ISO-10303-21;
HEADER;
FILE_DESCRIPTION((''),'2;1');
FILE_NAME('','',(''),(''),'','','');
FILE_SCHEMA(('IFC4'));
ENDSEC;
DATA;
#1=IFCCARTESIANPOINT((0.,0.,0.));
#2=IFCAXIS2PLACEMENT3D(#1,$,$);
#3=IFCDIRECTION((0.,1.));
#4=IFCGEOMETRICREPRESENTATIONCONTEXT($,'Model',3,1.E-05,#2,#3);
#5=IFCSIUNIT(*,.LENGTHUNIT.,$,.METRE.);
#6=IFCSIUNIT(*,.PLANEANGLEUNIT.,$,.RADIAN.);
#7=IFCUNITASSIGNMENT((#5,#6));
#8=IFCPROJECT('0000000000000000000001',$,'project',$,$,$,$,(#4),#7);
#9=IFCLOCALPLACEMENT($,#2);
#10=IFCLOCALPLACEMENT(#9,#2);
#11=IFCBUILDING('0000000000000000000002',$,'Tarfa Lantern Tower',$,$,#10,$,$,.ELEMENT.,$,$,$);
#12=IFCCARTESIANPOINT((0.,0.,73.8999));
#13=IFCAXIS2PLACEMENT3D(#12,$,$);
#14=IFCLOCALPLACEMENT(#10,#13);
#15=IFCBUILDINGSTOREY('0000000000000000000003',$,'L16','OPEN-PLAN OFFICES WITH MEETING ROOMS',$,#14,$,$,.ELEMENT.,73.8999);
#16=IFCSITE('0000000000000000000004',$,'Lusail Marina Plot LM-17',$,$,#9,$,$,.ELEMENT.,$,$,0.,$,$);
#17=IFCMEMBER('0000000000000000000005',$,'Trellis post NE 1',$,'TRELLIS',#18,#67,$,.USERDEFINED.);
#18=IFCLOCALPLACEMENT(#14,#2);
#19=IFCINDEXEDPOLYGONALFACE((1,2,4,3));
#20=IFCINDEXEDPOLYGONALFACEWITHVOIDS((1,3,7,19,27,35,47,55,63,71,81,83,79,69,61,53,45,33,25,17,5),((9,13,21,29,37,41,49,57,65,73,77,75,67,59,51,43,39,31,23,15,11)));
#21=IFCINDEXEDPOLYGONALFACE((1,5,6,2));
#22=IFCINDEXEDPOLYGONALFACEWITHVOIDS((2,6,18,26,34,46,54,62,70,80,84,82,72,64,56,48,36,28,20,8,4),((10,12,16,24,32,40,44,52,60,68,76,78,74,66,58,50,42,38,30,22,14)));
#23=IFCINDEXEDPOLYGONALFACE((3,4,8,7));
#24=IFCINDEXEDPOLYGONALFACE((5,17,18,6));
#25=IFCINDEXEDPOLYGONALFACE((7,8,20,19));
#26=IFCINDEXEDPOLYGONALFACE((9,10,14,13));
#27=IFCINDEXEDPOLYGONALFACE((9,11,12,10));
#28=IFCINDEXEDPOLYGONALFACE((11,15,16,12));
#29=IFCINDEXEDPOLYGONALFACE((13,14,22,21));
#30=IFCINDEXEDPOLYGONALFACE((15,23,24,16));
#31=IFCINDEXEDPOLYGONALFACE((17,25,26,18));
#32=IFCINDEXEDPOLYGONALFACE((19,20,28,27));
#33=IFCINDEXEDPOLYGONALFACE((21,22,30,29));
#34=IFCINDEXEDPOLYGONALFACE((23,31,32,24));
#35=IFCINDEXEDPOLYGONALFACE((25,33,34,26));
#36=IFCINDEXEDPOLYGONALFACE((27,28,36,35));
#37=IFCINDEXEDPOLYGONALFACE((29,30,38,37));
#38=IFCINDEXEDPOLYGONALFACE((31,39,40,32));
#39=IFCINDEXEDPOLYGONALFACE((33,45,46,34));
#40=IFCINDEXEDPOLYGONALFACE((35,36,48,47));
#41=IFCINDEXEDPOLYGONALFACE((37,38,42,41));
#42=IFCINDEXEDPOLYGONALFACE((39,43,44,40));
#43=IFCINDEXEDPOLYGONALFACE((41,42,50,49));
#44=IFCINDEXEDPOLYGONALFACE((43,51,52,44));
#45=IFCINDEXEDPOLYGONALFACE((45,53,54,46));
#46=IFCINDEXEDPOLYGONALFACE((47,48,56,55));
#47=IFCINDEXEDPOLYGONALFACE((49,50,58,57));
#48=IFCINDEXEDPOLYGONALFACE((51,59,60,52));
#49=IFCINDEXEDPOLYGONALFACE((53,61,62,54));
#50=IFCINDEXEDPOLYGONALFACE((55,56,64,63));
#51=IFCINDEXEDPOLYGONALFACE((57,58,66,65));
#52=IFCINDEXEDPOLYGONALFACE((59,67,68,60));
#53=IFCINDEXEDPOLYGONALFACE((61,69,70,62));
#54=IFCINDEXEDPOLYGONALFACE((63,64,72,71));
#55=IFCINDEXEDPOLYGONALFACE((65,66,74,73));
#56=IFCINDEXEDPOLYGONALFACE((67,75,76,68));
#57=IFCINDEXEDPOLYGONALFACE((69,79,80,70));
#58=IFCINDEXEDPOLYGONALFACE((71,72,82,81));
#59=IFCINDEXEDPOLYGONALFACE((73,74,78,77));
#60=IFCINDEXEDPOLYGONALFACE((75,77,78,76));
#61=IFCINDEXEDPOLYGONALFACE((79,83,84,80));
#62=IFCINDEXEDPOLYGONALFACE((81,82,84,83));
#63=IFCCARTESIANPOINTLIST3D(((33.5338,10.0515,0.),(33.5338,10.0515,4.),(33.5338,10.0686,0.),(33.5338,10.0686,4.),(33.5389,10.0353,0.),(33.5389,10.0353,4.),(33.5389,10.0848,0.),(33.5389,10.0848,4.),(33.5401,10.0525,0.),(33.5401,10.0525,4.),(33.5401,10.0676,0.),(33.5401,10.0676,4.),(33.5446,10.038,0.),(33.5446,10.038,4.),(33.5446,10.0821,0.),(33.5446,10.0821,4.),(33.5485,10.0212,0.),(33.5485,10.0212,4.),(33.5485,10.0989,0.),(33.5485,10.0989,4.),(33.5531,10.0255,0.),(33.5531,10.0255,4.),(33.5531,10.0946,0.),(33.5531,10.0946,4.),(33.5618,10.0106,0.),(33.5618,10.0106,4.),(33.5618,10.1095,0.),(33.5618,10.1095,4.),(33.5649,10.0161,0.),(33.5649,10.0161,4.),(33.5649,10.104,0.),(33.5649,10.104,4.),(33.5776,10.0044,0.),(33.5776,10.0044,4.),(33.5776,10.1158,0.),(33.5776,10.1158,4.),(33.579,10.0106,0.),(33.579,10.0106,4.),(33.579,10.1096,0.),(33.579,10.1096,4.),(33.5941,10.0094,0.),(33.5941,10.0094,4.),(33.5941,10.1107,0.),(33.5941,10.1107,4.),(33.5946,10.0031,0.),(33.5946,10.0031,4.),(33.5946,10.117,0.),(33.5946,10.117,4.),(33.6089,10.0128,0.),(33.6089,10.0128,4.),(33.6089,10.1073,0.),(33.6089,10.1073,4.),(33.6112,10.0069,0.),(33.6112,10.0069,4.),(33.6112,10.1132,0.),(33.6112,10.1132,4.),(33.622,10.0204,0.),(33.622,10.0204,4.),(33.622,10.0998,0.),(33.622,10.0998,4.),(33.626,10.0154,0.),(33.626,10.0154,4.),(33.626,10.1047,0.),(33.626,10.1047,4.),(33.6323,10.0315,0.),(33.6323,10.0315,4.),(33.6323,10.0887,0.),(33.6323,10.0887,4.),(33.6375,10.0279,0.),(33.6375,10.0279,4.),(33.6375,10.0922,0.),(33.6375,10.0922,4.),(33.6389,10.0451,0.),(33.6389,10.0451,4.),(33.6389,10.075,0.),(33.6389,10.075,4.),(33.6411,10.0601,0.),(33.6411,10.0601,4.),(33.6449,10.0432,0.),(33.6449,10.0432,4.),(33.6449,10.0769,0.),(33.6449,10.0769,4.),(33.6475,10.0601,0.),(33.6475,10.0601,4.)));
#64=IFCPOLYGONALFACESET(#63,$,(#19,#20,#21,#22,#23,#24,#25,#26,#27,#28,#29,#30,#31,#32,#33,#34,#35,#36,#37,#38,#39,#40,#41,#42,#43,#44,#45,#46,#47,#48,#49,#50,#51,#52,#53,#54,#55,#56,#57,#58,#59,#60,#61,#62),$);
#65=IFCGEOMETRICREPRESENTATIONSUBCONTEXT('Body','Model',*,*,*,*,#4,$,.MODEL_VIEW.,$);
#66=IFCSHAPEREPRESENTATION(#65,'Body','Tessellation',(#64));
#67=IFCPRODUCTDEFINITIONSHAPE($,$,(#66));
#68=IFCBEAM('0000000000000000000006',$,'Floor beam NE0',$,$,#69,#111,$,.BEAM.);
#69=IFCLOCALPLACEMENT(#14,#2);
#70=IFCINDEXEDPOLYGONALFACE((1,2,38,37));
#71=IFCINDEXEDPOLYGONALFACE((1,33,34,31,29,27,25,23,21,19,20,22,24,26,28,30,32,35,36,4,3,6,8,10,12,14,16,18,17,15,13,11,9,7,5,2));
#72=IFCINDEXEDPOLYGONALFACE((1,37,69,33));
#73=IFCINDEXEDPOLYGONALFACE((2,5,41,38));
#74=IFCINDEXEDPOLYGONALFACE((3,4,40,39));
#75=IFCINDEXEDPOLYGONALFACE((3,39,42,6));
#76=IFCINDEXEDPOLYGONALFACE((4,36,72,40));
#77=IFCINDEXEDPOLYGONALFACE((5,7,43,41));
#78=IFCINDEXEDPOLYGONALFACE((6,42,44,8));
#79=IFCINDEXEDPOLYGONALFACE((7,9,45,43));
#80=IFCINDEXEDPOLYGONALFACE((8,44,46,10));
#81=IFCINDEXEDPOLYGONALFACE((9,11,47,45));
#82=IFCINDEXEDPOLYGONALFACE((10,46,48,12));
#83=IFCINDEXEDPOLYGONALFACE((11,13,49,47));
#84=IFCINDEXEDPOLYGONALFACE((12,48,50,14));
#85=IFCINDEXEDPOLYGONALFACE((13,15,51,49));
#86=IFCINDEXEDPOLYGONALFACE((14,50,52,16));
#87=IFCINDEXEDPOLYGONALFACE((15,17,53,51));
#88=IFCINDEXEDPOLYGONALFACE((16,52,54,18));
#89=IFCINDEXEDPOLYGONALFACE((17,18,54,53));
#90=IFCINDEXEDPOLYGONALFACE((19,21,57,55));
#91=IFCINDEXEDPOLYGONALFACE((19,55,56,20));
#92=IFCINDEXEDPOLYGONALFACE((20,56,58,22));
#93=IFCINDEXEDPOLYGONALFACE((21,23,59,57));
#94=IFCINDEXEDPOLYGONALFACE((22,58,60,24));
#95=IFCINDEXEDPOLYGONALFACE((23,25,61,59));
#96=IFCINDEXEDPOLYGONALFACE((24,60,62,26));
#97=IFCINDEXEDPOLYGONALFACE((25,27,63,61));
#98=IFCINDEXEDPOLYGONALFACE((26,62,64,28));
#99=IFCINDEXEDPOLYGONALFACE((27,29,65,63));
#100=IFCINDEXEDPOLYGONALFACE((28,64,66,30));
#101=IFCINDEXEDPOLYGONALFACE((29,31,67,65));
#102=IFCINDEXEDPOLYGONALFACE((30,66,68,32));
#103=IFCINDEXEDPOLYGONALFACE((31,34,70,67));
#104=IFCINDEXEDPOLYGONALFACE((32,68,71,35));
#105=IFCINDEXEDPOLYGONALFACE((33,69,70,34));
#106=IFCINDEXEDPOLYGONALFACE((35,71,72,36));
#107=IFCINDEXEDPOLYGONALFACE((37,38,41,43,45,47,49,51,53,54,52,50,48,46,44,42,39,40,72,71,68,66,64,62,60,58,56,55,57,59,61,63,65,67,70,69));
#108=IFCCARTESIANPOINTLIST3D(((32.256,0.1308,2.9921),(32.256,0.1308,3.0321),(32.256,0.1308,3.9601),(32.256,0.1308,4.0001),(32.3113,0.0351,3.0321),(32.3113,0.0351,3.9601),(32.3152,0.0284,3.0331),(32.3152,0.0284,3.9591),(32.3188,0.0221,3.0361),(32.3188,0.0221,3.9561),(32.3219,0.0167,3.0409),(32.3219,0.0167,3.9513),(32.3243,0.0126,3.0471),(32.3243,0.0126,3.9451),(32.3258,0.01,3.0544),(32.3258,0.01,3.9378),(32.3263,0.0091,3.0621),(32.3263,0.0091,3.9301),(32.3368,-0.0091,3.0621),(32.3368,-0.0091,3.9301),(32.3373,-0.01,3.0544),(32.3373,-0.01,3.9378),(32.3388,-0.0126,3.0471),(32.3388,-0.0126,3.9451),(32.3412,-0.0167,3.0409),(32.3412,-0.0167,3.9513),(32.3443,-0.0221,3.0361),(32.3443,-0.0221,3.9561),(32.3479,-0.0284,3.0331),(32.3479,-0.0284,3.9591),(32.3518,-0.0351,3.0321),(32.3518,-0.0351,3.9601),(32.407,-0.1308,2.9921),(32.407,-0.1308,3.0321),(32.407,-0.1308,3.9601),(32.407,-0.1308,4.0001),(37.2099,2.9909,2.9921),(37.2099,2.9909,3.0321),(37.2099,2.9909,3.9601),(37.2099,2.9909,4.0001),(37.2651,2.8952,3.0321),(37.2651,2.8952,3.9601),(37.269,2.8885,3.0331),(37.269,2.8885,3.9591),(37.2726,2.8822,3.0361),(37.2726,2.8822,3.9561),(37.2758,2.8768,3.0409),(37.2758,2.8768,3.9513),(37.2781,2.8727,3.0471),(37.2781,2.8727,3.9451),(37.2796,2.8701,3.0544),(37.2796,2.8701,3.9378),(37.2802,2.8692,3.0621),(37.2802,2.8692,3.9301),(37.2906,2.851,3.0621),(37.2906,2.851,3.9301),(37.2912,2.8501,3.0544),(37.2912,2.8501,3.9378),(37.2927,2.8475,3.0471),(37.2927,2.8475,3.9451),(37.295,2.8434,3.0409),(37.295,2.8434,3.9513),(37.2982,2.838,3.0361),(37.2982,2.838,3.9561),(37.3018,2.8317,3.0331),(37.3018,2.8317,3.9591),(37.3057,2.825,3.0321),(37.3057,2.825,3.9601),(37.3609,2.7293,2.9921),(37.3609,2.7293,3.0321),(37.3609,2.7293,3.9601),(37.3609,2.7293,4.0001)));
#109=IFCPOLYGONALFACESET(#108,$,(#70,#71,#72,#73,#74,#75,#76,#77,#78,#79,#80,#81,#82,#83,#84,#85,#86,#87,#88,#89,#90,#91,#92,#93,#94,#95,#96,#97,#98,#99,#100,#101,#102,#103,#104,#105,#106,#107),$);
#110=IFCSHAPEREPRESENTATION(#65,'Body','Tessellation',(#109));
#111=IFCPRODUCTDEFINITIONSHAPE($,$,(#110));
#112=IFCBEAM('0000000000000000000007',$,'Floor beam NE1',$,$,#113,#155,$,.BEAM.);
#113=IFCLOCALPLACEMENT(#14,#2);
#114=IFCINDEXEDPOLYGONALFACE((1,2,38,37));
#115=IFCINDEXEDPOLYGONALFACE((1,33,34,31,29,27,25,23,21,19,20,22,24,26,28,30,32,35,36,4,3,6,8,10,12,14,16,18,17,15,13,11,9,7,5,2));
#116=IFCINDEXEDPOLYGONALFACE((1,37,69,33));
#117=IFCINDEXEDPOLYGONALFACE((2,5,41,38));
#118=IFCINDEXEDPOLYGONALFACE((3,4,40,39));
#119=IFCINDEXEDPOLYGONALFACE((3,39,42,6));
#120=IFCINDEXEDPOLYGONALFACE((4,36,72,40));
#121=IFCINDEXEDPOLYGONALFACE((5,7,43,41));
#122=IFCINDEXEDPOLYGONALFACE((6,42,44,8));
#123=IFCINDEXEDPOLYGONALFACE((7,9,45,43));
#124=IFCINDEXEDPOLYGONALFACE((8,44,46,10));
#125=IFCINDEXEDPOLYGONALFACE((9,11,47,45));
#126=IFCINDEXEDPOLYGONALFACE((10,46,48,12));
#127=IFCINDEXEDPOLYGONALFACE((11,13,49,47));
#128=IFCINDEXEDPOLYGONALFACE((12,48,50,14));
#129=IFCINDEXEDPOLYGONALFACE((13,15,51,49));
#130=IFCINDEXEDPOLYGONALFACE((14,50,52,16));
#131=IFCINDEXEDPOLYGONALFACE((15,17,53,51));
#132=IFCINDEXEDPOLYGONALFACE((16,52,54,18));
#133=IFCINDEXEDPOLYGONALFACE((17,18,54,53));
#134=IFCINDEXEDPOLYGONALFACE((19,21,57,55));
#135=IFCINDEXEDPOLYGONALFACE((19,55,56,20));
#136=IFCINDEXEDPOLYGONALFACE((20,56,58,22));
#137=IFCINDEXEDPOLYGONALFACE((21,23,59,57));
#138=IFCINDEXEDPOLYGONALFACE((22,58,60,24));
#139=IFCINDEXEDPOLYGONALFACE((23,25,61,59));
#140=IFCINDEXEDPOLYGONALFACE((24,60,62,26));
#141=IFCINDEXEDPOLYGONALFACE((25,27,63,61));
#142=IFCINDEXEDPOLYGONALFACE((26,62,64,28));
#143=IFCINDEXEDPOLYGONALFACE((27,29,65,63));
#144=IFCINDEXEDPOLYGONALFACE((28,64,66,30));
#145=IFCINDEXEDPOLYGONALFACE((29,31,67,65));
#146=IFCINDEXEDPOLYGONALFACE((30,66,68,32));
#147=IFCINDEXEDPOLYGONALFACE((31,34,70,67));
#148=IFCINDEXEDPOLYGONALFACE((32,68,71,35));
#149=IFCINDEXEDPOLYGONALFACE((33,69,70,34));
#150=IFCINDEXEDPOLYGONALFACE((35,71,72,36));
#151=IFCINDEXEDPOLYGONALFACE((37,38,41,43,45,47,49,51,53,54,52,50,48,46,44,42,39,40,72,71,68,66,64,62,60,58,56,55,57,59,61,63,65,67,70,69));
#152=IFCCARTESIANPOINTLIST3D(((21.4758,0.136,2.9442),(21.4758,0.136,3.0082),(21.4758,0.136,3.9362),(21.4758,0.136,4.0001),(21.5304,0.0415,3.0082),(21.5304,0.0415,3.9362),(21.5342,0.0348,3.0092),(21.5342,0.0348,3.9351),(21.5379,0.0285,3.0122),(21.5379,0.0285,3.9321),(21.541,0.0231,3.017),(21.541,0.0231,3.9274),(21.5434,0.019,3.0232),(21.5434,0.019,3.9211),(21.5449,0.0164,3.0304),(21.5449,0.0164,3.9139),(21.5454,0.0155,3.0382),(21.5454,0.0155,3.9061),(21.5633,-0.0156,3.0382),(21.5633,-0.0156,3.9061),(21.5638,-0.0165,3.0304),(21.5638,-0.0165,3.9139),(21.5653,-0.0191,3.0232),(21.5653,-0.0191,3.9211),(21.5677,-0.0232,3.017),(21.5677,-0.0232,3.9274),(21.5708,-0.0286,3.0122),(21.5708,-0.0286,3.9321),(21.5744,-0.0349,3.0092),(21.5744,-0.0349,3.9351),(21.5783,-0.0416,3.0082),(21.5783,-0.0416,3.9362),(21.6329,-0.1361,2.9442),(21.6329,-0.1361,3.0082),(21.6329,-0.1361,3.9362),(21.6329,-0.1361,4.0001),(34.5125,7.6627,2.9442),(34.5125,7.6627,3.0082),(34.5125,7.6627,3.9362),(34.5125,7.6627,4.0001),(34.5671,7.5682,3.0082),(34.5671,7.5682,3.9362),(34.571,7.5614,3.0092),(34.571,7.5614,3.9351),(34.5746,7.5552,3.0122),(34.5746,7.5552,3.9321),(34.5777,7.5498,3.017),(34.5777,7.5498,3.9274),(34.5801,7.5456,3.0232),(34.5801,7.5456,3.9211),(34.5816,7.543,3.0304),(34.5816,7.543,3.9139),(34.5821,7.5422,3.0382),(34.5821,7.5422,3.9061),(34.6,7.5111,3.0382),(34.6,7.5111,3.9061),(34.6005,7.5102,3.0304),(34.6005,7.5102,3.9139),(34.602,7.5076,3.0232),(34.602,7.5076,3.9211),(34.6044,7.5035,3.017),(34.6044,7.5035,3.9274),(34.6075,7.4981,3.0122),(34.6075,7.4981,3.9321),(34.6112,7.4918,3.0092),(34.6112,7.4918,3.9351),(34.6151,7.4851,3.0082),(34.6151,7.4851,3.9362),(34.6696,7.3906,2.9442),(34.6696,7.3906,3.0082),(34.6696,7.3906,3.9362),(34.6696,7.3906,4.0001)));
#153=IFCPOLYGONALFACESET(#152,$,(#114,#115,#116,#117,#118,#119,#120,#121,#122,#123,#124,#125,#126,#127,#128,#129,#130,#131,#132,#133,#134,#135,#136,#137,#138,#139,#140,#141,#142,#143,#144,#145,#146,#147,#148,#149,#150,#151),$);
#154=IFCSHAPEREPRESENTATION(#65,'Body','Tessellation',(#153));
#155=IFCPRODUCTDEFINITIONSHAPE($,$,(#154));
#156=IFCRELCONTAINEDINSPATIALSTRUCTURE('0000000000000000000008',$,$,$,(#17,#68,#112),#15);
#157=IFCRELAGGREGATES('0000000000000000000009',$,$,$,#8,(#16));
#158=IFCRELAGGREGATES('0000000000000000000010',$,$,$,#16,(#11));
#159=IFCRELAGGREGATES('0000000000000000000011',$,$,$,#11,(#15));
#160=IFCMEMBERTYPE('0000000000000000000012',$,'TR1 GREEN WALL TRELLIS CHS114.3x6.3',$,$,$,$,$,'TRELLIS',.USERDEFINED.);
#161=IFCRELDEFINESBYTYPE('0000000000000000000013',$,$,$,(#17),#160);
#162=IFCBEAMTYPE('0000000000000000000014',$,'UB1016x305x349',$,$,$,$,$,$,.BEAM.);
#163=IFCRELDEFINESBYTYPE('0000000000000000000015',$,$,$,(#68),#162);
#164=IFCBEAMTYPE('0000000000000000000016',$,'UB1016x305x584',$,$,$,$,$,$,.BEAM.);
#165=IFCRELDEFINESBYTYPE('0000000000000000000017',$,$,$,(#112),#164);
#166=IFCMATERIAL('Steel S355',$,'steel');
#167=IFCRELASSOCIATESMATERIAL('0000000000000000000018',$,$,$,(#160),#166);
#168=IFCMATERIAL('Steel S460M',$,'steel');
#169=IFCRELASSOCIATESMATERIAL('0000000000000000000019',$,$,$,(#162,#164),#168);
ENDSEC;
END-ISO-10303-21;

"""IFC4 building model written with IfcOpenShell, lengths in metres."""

from ifc_helpers import new_model, si_unit, direction, frame, origin, origin_2d, place, context, subcontext, project, spatial, hollow_circle, i_section, extrude, material, material_profile, profile_set, type_object, element, save


model = new_model("IFC4")

# Units and contexts
model_context = context("Model", 3, precision=1e-05, world=origin(), true_north=direction((0.0, 1.0)))
body_context = subcontext(model_context, "Body", "Model", "MODEL_VIEW")
ifc_project = project(units=[si_unit("LENGTHUNIT", "METRE"), si_unit("PLANEANGLEUNIT", "RADIAN")], contexts=[model_context])

# Site, building, storey
site_placement = place(None, origin())
site = spatial("IfcSite", under=ifc_project, at=site_placement, Name="Lusail Marina Plot LM-17", CompositionType="ELEMENT", RefElevation=0.0)
building_placement = place(site_placement, origin())
building = spatial("IfcBuilding", under=site, at=building_placement, Name="Tarfa Lantern Tower", CompositionType="ELEMENT")
storey_placement = place(building_placement, frame((0.0, 0.0, 73.8999)))
storey = spatial("IfcBuildingStorey", under=building, at=storey_placement, Name="L16", Description="OPEN-PLAN OFFICES WITH MEETING ROOMS", CompositionType="ELEMENT", Elevation=73.8999)

# Member
ifc_material_1 = material(Name="Steel S355", Category="steel")
ifc_material_profile_1 = material_profile(ifc_material_1, hollow_circle(Radius=0.0571, WallThickness=0.0063, at=origin_2d()), Name="CHS114.3x6.3")
ifc_profile_set_1 = profile_set([ifc_material_profile_1], Name="Steel S355")
member_type_1 = type_object("IfcMemberType", Name="TR1 GREEN WALL TRELLIS CHS114.3x6.3", ElementType="TRELLIS", PredefinedType="USERDEFINED", material=ifc_profile_set_1)
member_1_placement = place(storey_placement, frame((33.5903, 10.0601, 0.0), z_axis=(0.0, 0.0, 1.0), x_axis=(1.0, 0.0, 0.0)))
element("IfcMember", 1, at=member_1_placement, inside=storey, type_object=member_type_1, Name="Trellis post NE 1", ObjectType="TRELLIS", PredefinedType="USERDEFINED", context=body_context, shape_type="SweptSolid", body=[
    extrude(hollow_circle(Radius=0.0571, WallThickness=0.0063, at=origin_2d()), origin(), (0.0, 0.0, 1.0), 4.0),
])

# Beams
ifc_material_2 = material(Name="Steel S460M", Category="steel")
ifc_material_profile_2 = material_profile(ifc_material_2, i_section(OverallWidth=0.302, OverallDepth=1.0081, WebThickness=0.021, FlangeThickness=0.04, FilletRadius=0.03, at=origin_2d()), Name="UB1016x305x349")
ifc_profile_set_2 = profile_set([ifc_material_profile_2], Name="Steel S460M")
beam_type_1 = type_object("IfcBeamType", Name="UB1016x305x349", PredefinedType="BEAM", material=ifc_profile_set_2)
beam_1_placement = place(storey_placement, frame((37.2854, 2.8601, 3.4961), z_axis=(-0.866026, -0.5, 0.0), x_axis=(0.5, -0.866026, 0.0)))
element("IfcBeam", 2, at=beam_1_placement, inside=storey, type_object=beam_type_1, Name="Floor beam NE0", PredefinedType="BEAM", context=body_context, shape_type="SweptSolid", body=[
    extrude(i_section(OverallWidth=0.302, OverallDepth=1.0081, WebThickness=0.021, FlangeThickness=0.04, FilletRadius=0.03, at=origin_2d()), origin(), (0.0, 0.0, 1.0), 5.7202),
])
ifc_material_profile_3 = material_profile(ifc_material_2, i_section(OverallWidth=0.3142, OverallDepth=1.0559, WebThickness=0.0359, FlangeThickness=0.064, FilletRadius=0.03, at=origin_2d()), Name="UB1016x305x584")
ifc_profile_set_3 = profile_set([ifc_material_profile_3], Name="Steel S460M")
beam_type_2 = type_object("IfcBeamType", Name="UB1016x305x584", PredefinedType="BEAM", material=ifc_profile_set_3)
beam_2_placement = place(storey_placement, frame((34.5911, 7.5266, 3.4722), z_axis=(-0.866028, -0.499996, 0.0), x_axis=(0.499996, -0.866028, 0.0)))
element("IfcBeam", 3, at=beam_2_placement, inside=storey, type_object=beam_type_2, Name="Floor beam NE1", PredefinedType="BEAM", context=body_context, shape_type="SweptSolid", body=[
    extrude(i_section(OverallWidth=0.3142, OverallDepth=1.0559, WebThickness=0.0359, FlangeThickness=0.064, FilletRadius=0.03, at=origin_2d()), origin(), (0.0, 0.0, 1.0), 15.0535),
])

save(model, "model.ifc")
